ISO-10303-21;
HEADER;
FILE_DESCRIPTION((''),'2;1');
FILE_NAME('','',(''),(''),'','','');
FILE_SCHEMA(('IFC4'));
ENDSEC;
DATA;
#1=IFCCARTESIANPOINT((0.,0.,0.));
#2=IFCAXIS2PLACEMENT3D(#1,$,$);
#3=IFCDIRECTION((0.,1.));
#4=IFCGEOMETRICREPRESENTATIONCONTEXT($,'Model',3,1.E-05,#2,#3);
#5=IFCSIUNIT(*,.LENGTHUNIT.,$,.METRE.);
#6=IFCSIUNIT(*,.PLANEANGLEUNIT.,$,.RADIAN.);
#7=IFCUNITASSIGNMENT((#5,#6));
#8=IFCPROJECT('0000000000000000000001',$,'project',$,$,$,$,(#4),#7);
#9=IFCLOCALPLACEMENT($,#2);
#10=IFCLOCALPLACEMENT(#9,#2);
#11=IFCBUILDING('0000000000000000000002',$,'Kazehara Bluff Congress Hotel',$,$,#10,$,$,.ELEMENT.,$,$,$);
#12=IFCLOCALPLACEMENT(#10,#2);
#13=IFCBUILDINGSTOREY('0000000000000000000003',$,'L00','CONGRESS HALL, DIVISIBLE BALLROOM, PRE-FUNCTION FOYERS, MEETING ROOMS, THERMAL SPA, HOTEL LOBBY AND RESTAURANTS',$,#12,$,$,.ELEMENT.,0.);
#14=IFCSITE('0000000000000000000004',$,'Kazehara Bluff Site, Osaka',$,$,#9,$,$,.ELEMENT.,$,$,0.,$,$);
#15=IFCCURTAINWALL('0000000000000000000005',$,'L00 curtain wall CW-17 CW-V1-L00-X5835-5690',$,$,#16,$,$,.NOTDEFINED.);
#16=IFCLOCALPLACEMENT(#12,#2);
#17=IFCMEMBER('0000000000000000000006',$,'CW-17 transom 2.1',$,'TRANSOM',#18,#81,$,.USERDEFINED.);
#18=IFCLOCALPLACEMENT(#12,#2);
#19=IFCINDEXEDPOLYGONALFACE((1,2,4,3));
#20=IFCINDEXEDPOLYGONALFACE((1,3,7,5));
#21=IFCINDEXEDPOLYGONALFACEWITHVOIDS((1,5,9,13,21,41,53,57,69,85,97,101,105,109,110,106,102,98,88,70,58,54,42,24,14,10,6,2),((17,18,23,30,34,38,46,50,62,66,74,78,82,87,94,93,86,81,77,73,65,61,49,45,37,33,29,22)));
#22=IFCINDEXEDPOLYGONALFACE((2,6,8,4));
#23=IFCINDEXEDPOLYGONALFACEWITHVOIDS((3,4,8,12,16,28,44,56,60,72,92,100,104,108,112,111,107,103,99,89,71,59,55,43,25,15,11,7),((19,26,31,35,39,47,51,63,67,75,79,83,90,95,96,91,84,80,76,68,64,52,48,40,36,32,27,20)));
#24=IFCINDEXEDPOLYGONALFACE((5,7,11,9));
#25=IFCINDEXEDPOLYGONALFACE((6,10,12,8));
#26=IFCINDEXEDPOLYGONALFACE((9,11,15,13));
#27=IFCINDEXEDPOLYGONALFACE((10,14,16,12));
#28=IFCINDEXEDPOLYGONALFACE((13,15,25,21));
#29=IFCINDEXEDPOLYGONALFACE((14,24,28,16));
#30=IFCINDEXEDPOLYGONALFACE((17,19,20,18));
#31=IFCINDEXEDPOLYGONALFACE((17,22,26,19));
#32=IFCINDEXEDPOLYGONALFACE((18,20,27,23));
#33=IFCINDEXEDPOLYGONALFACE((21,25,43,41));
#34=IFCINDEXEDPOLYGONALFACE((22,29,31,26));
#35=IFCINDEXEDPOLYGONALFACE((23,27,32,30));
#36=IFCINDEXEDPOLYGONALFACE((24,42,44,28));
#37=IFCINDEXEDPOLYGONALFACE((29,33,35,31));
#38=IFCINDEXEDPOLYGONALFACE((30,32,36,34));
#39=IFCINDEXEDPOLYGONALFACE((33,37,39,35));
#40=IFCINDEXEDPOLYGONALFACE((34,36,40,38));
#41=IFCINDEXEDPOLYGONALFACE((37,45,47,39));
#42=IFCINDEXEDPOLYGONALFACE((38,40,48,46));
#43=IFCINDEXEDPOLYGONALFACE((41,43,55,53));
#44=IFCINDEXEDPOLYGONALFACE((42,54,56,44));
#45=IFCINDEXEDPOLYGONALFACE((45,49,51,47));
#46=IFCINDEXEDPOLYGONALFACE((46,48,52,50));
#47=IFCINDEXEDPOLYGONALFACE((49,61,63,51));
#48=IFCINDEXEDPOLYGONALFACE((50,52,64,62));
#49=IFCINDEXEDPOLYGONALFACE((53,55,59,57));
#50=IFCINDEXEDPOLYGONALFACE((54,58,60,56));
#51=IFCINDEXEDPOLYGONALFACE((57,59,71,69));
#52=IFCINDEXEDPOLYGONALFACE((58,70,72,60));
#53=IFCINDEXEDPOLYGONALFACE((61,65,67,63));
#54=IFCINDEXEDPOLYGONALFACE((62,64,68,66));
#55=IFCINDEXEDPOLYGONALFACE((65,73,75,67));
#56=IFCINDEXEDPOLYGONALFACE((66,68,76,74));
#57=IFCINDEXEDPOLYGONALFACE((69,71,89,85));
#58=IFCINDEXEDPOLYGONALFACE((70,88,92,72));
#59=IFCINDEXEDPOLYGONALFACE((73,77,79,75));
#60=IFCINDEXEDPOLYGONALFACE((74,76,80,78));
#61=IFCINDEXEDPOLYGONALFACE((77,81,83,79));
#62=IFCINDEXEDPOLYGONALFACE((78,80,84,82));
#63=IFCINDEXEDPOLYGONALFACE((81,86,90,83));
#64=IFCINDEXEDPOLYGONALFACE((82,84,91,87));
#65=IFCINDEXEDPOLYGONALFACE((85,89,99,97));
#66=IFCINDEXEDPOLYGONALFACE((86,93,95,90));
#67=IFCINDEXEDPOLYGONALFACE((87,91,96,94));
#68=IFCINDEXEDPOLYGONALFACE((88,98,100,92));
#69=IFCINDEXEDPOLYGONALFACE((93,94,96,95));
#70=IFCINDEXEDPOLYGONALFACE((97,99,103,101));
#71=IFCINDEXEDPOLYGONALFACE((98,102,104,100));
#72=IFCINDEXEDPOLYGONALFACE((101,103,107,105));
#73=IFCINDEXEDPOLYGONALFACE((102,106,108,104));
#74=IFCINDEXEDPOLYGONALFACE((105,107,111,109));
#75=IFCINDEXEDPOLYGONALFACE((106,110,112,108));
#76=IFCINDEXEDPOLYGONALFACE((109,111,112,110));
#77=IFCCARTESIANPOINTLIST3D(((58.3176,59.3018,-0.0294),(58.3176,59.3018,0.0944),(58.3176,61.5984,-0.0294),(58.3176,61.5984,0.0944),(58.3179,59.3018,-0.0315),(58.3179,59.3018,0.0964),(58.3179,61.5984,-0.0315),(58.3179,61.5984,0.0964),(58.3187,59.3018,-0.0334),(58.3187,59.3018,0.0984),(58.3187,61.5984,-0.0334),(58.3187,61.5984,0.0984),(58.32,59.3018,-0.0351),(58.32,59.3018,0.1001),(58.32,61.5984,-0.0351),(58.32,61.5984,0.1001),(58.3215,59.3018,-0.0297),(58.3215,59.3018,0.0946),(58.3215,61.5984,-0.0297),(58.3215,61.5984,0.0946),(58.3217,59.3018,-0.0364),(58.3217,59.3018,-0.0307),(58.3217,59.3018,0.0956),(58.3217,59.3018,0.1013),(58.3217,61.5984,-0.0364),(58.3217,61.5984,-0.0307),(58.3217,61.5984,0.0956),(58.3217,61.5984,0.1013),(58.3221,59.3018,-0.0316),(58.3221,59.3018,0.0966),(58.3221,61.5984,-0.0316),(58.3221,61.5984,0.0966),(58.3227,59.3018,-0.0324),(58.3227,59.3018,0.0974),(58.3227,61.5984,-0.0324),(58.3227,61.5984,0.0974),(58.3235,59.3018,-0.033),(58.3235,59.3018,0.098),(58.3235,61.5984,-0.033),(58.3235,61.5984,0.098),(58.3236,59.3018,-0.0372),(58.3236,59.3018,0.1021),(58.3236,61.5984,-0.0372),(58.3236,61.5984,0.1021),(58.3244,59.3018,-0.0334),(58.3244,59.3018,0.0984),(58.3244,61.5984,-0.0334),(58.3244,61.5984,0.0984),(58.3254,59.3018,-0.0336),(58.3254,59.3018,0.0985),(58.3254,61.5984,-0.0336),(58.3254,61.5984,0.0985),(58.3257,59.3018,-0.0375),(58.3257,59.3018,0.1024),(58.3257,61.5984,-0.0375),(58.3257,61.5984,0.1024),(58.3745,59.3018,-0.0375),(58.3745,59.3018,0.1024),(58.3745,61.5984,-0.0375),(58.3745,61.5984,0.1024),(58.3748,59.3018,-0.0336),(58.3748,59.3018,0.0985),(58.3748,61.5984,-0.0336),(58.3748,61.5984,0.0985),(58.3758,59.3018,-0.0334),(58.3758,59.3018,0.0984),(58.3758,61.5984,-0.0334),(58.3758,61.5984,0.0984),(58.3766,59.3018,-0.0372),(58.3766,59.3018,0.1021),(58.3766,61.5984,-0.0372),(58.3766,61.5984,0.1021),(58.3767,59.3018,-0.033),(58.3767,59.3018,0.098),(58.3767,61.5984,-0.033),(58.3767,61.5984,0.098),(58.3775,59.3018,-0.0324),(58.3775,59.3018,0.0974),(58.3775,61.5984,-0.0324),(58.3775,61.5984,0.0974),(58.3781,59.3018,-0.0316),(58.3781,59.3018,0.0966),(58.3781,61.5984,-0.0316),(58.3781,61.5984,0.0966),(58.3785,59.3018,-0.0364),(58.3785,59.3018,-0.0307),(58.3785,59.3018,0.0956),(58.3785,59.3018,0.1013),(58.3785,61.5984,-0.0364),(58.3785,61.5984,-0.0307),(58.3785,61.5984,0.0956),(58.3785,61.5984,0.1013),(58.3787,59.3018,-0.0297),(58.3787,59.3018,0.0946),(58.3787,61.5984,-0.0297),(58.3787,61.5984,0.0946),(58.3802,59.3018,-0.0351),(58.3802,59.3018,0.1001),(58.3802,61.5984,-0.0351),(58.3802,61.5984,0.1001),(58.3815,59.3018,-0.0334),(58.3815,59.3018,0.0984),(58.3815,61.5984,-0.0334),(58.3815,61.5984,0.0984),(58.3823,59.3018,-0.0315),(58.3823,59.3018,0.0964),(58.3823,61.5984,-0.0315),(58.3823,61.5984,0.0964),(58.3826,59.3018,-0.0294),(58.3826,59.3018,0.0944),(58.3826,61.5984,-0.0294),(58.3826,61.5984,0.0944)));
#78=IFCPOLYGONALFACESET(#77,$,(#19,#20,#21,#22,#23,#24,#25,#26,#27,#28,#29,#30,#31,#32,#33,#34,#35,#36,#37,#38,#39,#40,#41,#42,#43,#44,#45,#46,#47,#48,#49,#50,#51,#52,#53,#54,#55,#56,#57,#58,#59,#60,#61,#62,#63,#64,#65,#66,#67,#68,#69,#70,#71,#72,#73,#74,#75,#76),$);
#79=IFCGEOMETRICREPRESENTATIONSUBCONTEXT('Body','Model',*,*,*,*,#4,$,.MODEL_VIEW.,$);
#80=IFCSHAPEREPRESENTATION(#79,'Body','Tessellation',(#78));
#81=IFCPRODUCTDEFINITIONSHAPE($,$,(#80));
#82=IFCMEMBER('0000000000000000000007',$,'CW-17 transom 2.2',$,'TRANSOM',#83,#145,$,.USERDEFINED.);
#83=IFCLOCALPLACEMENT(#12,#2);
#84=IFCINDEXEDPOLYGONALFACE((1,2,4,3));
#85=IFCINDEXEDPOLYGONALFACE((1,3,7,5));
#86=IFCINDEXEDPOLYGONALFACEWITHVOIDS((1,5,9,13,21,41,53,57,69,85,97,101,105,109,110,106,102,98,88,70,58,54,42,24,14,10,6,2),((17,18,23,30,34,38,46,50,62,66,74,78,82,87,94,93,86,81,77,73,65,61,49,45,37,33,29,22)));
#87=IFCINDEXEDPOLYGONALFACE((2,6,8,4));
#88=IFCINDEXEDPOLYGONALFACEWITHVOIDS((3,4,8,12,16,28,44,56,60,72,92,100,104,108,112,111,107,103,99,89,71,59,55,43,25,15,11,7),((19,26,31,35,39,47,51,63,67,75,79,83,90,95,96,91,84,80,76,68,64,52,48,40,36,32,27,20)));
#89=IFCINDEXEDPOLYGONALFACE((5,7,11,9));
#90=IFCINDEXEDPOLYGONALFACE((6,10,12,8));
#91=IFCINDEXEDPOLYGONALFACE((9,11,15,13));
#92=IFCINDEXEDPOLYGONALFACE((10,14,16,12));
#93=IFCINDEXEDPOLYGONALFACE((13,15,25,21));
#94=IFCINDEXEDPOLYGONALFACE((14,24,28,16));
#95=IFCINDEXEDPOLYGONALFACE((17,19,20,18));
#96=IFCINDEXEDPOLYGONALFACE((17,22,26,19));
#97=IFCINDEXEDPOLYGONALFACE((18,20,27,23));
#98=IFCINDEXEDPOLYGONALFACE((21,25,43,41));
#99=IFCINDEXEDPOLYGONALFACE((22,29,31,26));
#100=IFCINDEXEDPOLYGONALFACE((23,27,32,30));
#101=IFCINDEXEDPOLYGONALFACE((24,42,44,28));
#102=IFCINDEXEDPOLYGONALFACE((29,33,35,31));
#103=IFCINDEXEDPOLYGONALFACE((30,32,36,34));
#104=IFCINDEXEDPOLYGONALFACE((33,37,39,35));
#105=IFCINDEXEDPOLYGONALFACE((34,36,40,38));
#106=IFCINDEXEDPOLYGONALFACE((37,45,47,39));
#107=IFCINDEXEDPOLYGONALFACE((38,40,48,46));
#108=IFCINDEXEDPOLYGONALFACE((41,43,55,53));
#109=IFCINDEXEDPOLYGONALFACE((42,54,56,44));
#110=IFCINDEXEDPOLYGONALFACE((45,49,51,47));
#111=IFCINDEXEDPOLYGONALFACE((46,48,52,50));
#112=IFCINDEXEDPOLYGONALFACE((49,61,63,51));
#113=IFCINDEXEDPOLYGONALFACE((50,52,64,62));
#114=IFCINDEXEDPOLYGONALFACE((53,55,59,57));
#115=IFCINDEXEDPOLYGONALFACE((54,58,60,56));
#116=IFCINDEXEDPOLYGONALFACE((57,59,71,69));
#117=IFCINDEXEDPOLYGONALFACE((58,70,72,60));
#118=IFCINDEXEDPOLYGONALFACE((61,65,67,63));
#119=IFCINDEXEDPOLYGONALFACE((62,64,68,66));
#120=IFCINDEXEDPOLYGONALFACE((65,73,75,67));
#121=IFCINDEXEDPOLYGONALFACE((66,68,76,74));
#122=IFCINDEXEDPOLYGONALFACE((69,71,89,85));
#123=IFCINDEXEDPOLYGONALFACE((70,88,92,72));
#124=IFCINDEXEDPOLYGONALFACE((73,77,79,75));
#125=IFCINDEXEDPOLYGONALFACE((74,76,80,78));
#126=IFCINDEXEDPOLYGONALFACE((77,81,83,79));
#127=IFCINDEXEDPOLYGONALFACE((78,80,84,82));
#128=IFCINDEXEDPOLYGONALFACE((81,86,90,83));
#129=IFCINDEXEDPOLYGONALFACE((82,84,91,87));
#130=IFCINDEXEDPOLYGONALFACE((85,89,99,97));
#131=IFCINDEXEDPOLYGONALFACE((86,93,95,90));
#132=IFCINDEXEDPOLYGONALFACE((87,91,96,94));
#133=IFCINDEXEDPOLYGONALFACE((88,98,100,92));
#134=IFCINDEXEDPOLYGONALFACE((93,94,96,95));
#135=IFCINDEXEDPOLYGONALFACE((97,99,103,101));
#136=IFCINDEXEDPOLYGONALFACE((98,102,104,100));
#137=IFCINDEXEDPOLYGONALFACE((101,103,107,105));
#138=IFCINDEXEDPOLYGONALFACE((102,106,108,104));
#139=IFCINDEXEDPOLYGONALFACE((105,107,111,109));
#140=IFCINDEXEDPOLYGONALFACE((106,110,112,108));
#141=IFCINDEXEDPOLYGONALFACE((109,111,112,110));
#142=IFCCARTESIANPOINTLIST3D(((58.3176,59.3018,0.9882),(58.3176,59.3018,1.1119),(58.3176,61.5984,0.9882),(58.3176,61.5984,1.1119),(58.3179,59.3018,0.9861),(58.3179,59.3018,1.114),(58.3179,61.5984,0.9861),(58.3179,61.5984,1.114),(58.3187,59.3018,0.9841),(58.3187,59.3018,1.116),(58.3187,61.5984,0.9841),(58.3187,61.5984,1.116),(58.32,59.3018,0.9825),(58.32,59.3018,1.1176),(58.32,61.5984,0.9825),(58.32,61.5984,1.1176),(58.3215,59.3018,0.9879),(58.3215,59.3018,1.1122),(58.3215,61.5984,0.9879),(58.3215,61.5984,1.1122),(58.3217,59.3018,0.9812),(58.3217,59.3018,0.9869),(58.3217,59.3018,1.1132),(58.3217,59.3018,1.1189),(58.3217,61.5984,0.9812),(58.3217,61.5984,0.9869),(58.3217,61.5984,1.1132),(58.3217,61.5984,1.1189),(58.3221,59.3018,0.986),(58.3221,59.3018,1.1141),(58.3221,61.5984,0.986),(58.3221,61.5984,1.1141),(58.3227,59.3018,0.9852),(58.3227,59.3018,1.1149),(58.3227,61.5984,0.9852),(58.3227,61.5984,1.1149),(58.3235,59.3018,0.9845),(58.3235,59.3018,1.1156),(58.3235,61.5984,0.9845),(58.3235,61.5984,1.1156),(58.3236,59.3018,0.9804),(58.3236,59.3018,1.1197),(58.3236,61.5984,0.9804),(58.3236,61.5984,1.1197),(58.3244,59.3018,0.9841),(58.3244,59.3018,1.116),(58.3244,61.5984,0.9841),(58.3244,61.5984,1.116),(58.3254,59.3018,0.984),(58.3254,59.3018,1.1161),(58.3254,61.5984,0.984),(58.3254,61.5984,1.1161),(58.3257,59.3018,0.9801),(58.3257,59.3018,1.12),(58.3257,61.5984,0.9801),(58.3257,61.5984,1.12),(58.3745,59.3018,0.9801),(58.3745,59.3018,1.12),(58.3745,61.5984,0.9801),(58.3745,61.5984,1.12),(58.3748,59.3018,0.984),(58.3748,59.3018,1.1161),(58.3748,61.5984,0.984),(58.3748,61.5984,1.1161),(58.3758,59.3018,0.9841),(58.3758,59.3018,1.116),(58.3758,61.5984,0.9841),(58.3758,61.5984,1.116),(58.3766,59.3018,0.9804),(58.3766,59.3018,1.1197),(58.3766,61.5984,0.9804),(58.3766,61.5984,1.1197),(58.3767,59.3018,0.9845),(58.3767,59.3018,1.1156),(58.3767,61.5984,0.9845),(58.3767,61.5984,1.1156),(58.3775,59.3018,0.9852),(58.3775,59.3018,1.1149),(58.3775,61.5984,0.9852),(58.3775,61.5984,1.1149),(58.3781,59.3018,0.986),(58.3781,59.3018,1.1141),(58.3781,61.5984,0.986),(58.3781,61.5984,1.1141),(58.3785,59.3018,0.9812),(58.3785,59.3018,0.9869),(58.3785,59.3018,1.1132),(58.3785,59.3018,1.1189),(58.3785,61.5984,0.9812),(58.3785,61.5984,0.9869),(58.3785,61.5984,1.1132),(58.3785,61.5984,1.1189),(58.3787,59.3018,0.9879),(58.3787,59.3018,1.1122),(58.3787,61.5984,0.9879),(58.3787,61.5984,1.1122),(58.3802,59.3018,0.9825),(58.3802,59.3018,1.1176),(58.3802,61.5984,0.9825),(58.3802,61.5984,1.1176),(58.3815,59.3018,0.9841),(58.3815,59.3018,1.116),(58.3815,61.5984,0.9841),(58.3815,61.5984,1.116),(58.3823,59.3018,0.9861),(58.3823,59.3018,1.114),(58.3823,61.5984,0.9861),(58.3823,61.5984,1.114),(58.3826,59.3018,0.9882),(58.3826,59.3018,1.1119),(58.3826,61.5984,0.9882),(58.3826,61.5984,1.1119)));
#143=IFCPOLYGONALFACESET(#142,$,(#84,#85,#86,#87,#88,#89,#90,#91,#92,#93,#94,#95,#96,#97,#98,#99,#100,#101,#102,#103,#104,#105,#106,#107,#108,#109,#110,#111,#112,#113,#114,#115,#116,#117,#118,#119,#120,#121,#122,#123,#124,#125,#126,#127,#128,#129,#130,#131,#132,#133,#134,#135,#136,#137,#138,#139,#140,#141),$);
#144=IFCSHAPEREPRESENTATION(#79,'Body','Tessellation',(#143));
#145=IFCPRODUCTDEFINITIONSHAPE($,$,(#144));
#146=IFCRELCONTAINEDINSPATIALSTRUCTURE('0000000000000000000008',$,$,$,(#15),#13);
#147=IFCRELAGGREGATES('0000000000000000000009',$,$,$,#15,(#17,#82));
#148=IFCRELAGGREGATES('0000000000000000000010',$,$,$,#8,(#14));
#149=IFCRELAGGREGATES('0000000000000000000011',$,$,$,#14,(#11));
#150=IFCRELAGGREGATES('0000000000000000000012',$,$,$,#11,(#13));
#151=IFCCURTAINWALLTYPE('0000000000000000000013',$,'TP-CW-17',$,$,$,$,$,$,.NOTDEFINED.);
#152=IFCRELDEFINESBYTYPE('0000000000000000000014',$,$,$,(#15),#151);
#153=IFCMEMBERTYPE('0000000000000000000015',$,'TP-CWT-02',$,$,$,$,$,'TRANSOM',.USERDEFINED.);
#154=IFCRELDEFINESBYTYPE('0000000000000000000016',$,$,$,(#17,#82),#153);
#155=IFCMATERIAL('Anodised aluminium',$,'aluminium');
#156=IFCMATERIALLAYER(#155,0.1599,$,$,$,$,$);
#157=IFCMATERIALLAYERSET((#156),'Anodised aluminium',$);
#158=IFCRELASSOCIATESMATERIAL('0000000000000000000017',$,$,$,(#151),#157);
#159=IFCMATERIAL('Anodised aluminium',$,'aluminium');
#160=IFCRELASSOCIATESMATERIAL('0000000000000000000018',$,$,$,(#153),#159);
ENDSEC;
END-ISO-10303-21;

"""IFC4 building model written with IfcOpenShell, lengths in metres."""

from ifc_helpers import new_model, si_unit, direction, frame, origin, origin_2d, place, context, subcontext, project, spatial, hollow_rectangle, extrude, material, layer, layer_set, material_profile, profile_set, type_object, element, aggregate, save


model = new_model("IFC4")

# Units and contexts
model_context = context("Model", 3, precision=1e-05, world=origin(), true_north=direction((0.0, 1.0)))
body_context = subcontext(model_context, "Body", "Model", "MODEL_VIEW")
ifc_project = project(units=[si_unit("LENGTHUNIT", "METRE"), si_unit("PLANEANGLEUNIT", "RADIAN")], contexts=[model_context])

# Site, building, storey
site_placement = place(None, origin())
site = spatial("IfcSite", under=ifc_project, at=site_placement, Name="Kazehara Bluff Site, Osaka", CompositionType="ELEMENT", RefElevation=0.0)
building_placement = place(site_placement, origin())
building = spatial("IfcBuilding", under=site, at=building_placement, Name="Kazehara Bluff Congress Hotel", CompositionType="ELEMENT")
storey_placement = place(building_placement, origin())
storey = spatial("IfcBuildingStorey", under=building, at=storey_placement, Name="L00", Description="CONGRESS HALL, DIVISIBLE BALLROOM, PRE-FUNCTION FOYERS, MEETING ROOMS, THERMAL SPA, HOTEL LOBBY AND RESTAURANTS", CompositionType="ELEMENT", Elevation=0.0)

# Curtain wall
ifc_material_1 = material(Name="Anodised aluminium", Category="aluminium")
ifc_layer_1 = layer(ifc_material_1, 0.1599)
ifc_layer_set_1 = layer_set([ifc_layer_1], Name="Anodised aluminium")
curtain_wall_type_1 = type_object("IfcCurtainWallType", Name="TP-CW-17", PredefinedType="NOTDEFINED", material=ifc_layer_set_1)
curtain_wall_1_placement = place(storey_placement, origin())
curtain_wall_1 = element("IfcCurtainWall", 1, at=curtain_wall_1_placement, inside=storey, type_object=curtain_wall_type_1, Name="L00 curtain wall CW-17 CW-V1-L00-X5835-5690", PredefinedType="NOTDEFINED")

# Members
ifc_material_2 = material(Name="Anodised aluminium", Category="aluminium")
ifc_material_profile_1 = material_profile(ifc_material_2, hollow_rectangle(XDim=0.0649, YDim=0.1399, WallThickness=0.0039, InnerFilletRadius=0.0039, OuterFilletRadius=0.0081, at=origin_2d()))
ifc_profile_set_1 = profile_set([ifc_material_profile_1], Name="Anodised aluminium")
member_type_1 = type_object("IfcMemberType", Name="TP-CWT-02", ElementType="TRANSOM", PredefinedType="USERDEFINED", material=ifc_profile_set_1)
member_1_placement = place(storey_placement, frame((58.3501, 59.3018, 0.0325), z_axis=(0.0, 1.0, 0.0), x_axis=(-1.0, 0.0, 0.0)))
member_1 = element("IfcMember", 2, at=member_1_placement, type_object=member_type_1, Name="CW-17 transom 2.1", ObjectType="TRANSOM", PredefinedType="USERDEFINED", context=body_context, shape_type="SweptSolid", body=[
    extrude(hollow_rectangle(XDim=0.0649, YDim=0.1399, WallThickness=0.0039, InnerFilletRadius=0.0039, OuterFilletRadius=0.0081, at=origin_2d()), origin(), (0.0, 0.0, 1.0), 2.2966),
])
member_2_placement = place(storey_placement, frame((58.3501, 59.3018, 1.05), z_axis=(0.0, 1.0, 0.0), x_axis=(-1.0, 0.0, 0.0)))
member_2 = element("IfcMember", 3, at=member_2_placement, type_object=member_type_1, Name="CW-17 transom 2.2", ObjectType="TRANSOM", PredefinedType="USERDEFINED", context=body_context, shape_type="SweptSolid", body=[
    extrude(hollow_rectangle(XDim=0.0649, YDim=0.1399, WallThickness=0.0039, InnerFilletRadius=0.0039, OuterFilletRadius=0.0081, at=origin_2d()), origin(), (0.0, 0.0, 1.0), 2.2966),
])

aggregate(curtain_wall_1, [member_1, member_2])

save(model, "model.ifc")
